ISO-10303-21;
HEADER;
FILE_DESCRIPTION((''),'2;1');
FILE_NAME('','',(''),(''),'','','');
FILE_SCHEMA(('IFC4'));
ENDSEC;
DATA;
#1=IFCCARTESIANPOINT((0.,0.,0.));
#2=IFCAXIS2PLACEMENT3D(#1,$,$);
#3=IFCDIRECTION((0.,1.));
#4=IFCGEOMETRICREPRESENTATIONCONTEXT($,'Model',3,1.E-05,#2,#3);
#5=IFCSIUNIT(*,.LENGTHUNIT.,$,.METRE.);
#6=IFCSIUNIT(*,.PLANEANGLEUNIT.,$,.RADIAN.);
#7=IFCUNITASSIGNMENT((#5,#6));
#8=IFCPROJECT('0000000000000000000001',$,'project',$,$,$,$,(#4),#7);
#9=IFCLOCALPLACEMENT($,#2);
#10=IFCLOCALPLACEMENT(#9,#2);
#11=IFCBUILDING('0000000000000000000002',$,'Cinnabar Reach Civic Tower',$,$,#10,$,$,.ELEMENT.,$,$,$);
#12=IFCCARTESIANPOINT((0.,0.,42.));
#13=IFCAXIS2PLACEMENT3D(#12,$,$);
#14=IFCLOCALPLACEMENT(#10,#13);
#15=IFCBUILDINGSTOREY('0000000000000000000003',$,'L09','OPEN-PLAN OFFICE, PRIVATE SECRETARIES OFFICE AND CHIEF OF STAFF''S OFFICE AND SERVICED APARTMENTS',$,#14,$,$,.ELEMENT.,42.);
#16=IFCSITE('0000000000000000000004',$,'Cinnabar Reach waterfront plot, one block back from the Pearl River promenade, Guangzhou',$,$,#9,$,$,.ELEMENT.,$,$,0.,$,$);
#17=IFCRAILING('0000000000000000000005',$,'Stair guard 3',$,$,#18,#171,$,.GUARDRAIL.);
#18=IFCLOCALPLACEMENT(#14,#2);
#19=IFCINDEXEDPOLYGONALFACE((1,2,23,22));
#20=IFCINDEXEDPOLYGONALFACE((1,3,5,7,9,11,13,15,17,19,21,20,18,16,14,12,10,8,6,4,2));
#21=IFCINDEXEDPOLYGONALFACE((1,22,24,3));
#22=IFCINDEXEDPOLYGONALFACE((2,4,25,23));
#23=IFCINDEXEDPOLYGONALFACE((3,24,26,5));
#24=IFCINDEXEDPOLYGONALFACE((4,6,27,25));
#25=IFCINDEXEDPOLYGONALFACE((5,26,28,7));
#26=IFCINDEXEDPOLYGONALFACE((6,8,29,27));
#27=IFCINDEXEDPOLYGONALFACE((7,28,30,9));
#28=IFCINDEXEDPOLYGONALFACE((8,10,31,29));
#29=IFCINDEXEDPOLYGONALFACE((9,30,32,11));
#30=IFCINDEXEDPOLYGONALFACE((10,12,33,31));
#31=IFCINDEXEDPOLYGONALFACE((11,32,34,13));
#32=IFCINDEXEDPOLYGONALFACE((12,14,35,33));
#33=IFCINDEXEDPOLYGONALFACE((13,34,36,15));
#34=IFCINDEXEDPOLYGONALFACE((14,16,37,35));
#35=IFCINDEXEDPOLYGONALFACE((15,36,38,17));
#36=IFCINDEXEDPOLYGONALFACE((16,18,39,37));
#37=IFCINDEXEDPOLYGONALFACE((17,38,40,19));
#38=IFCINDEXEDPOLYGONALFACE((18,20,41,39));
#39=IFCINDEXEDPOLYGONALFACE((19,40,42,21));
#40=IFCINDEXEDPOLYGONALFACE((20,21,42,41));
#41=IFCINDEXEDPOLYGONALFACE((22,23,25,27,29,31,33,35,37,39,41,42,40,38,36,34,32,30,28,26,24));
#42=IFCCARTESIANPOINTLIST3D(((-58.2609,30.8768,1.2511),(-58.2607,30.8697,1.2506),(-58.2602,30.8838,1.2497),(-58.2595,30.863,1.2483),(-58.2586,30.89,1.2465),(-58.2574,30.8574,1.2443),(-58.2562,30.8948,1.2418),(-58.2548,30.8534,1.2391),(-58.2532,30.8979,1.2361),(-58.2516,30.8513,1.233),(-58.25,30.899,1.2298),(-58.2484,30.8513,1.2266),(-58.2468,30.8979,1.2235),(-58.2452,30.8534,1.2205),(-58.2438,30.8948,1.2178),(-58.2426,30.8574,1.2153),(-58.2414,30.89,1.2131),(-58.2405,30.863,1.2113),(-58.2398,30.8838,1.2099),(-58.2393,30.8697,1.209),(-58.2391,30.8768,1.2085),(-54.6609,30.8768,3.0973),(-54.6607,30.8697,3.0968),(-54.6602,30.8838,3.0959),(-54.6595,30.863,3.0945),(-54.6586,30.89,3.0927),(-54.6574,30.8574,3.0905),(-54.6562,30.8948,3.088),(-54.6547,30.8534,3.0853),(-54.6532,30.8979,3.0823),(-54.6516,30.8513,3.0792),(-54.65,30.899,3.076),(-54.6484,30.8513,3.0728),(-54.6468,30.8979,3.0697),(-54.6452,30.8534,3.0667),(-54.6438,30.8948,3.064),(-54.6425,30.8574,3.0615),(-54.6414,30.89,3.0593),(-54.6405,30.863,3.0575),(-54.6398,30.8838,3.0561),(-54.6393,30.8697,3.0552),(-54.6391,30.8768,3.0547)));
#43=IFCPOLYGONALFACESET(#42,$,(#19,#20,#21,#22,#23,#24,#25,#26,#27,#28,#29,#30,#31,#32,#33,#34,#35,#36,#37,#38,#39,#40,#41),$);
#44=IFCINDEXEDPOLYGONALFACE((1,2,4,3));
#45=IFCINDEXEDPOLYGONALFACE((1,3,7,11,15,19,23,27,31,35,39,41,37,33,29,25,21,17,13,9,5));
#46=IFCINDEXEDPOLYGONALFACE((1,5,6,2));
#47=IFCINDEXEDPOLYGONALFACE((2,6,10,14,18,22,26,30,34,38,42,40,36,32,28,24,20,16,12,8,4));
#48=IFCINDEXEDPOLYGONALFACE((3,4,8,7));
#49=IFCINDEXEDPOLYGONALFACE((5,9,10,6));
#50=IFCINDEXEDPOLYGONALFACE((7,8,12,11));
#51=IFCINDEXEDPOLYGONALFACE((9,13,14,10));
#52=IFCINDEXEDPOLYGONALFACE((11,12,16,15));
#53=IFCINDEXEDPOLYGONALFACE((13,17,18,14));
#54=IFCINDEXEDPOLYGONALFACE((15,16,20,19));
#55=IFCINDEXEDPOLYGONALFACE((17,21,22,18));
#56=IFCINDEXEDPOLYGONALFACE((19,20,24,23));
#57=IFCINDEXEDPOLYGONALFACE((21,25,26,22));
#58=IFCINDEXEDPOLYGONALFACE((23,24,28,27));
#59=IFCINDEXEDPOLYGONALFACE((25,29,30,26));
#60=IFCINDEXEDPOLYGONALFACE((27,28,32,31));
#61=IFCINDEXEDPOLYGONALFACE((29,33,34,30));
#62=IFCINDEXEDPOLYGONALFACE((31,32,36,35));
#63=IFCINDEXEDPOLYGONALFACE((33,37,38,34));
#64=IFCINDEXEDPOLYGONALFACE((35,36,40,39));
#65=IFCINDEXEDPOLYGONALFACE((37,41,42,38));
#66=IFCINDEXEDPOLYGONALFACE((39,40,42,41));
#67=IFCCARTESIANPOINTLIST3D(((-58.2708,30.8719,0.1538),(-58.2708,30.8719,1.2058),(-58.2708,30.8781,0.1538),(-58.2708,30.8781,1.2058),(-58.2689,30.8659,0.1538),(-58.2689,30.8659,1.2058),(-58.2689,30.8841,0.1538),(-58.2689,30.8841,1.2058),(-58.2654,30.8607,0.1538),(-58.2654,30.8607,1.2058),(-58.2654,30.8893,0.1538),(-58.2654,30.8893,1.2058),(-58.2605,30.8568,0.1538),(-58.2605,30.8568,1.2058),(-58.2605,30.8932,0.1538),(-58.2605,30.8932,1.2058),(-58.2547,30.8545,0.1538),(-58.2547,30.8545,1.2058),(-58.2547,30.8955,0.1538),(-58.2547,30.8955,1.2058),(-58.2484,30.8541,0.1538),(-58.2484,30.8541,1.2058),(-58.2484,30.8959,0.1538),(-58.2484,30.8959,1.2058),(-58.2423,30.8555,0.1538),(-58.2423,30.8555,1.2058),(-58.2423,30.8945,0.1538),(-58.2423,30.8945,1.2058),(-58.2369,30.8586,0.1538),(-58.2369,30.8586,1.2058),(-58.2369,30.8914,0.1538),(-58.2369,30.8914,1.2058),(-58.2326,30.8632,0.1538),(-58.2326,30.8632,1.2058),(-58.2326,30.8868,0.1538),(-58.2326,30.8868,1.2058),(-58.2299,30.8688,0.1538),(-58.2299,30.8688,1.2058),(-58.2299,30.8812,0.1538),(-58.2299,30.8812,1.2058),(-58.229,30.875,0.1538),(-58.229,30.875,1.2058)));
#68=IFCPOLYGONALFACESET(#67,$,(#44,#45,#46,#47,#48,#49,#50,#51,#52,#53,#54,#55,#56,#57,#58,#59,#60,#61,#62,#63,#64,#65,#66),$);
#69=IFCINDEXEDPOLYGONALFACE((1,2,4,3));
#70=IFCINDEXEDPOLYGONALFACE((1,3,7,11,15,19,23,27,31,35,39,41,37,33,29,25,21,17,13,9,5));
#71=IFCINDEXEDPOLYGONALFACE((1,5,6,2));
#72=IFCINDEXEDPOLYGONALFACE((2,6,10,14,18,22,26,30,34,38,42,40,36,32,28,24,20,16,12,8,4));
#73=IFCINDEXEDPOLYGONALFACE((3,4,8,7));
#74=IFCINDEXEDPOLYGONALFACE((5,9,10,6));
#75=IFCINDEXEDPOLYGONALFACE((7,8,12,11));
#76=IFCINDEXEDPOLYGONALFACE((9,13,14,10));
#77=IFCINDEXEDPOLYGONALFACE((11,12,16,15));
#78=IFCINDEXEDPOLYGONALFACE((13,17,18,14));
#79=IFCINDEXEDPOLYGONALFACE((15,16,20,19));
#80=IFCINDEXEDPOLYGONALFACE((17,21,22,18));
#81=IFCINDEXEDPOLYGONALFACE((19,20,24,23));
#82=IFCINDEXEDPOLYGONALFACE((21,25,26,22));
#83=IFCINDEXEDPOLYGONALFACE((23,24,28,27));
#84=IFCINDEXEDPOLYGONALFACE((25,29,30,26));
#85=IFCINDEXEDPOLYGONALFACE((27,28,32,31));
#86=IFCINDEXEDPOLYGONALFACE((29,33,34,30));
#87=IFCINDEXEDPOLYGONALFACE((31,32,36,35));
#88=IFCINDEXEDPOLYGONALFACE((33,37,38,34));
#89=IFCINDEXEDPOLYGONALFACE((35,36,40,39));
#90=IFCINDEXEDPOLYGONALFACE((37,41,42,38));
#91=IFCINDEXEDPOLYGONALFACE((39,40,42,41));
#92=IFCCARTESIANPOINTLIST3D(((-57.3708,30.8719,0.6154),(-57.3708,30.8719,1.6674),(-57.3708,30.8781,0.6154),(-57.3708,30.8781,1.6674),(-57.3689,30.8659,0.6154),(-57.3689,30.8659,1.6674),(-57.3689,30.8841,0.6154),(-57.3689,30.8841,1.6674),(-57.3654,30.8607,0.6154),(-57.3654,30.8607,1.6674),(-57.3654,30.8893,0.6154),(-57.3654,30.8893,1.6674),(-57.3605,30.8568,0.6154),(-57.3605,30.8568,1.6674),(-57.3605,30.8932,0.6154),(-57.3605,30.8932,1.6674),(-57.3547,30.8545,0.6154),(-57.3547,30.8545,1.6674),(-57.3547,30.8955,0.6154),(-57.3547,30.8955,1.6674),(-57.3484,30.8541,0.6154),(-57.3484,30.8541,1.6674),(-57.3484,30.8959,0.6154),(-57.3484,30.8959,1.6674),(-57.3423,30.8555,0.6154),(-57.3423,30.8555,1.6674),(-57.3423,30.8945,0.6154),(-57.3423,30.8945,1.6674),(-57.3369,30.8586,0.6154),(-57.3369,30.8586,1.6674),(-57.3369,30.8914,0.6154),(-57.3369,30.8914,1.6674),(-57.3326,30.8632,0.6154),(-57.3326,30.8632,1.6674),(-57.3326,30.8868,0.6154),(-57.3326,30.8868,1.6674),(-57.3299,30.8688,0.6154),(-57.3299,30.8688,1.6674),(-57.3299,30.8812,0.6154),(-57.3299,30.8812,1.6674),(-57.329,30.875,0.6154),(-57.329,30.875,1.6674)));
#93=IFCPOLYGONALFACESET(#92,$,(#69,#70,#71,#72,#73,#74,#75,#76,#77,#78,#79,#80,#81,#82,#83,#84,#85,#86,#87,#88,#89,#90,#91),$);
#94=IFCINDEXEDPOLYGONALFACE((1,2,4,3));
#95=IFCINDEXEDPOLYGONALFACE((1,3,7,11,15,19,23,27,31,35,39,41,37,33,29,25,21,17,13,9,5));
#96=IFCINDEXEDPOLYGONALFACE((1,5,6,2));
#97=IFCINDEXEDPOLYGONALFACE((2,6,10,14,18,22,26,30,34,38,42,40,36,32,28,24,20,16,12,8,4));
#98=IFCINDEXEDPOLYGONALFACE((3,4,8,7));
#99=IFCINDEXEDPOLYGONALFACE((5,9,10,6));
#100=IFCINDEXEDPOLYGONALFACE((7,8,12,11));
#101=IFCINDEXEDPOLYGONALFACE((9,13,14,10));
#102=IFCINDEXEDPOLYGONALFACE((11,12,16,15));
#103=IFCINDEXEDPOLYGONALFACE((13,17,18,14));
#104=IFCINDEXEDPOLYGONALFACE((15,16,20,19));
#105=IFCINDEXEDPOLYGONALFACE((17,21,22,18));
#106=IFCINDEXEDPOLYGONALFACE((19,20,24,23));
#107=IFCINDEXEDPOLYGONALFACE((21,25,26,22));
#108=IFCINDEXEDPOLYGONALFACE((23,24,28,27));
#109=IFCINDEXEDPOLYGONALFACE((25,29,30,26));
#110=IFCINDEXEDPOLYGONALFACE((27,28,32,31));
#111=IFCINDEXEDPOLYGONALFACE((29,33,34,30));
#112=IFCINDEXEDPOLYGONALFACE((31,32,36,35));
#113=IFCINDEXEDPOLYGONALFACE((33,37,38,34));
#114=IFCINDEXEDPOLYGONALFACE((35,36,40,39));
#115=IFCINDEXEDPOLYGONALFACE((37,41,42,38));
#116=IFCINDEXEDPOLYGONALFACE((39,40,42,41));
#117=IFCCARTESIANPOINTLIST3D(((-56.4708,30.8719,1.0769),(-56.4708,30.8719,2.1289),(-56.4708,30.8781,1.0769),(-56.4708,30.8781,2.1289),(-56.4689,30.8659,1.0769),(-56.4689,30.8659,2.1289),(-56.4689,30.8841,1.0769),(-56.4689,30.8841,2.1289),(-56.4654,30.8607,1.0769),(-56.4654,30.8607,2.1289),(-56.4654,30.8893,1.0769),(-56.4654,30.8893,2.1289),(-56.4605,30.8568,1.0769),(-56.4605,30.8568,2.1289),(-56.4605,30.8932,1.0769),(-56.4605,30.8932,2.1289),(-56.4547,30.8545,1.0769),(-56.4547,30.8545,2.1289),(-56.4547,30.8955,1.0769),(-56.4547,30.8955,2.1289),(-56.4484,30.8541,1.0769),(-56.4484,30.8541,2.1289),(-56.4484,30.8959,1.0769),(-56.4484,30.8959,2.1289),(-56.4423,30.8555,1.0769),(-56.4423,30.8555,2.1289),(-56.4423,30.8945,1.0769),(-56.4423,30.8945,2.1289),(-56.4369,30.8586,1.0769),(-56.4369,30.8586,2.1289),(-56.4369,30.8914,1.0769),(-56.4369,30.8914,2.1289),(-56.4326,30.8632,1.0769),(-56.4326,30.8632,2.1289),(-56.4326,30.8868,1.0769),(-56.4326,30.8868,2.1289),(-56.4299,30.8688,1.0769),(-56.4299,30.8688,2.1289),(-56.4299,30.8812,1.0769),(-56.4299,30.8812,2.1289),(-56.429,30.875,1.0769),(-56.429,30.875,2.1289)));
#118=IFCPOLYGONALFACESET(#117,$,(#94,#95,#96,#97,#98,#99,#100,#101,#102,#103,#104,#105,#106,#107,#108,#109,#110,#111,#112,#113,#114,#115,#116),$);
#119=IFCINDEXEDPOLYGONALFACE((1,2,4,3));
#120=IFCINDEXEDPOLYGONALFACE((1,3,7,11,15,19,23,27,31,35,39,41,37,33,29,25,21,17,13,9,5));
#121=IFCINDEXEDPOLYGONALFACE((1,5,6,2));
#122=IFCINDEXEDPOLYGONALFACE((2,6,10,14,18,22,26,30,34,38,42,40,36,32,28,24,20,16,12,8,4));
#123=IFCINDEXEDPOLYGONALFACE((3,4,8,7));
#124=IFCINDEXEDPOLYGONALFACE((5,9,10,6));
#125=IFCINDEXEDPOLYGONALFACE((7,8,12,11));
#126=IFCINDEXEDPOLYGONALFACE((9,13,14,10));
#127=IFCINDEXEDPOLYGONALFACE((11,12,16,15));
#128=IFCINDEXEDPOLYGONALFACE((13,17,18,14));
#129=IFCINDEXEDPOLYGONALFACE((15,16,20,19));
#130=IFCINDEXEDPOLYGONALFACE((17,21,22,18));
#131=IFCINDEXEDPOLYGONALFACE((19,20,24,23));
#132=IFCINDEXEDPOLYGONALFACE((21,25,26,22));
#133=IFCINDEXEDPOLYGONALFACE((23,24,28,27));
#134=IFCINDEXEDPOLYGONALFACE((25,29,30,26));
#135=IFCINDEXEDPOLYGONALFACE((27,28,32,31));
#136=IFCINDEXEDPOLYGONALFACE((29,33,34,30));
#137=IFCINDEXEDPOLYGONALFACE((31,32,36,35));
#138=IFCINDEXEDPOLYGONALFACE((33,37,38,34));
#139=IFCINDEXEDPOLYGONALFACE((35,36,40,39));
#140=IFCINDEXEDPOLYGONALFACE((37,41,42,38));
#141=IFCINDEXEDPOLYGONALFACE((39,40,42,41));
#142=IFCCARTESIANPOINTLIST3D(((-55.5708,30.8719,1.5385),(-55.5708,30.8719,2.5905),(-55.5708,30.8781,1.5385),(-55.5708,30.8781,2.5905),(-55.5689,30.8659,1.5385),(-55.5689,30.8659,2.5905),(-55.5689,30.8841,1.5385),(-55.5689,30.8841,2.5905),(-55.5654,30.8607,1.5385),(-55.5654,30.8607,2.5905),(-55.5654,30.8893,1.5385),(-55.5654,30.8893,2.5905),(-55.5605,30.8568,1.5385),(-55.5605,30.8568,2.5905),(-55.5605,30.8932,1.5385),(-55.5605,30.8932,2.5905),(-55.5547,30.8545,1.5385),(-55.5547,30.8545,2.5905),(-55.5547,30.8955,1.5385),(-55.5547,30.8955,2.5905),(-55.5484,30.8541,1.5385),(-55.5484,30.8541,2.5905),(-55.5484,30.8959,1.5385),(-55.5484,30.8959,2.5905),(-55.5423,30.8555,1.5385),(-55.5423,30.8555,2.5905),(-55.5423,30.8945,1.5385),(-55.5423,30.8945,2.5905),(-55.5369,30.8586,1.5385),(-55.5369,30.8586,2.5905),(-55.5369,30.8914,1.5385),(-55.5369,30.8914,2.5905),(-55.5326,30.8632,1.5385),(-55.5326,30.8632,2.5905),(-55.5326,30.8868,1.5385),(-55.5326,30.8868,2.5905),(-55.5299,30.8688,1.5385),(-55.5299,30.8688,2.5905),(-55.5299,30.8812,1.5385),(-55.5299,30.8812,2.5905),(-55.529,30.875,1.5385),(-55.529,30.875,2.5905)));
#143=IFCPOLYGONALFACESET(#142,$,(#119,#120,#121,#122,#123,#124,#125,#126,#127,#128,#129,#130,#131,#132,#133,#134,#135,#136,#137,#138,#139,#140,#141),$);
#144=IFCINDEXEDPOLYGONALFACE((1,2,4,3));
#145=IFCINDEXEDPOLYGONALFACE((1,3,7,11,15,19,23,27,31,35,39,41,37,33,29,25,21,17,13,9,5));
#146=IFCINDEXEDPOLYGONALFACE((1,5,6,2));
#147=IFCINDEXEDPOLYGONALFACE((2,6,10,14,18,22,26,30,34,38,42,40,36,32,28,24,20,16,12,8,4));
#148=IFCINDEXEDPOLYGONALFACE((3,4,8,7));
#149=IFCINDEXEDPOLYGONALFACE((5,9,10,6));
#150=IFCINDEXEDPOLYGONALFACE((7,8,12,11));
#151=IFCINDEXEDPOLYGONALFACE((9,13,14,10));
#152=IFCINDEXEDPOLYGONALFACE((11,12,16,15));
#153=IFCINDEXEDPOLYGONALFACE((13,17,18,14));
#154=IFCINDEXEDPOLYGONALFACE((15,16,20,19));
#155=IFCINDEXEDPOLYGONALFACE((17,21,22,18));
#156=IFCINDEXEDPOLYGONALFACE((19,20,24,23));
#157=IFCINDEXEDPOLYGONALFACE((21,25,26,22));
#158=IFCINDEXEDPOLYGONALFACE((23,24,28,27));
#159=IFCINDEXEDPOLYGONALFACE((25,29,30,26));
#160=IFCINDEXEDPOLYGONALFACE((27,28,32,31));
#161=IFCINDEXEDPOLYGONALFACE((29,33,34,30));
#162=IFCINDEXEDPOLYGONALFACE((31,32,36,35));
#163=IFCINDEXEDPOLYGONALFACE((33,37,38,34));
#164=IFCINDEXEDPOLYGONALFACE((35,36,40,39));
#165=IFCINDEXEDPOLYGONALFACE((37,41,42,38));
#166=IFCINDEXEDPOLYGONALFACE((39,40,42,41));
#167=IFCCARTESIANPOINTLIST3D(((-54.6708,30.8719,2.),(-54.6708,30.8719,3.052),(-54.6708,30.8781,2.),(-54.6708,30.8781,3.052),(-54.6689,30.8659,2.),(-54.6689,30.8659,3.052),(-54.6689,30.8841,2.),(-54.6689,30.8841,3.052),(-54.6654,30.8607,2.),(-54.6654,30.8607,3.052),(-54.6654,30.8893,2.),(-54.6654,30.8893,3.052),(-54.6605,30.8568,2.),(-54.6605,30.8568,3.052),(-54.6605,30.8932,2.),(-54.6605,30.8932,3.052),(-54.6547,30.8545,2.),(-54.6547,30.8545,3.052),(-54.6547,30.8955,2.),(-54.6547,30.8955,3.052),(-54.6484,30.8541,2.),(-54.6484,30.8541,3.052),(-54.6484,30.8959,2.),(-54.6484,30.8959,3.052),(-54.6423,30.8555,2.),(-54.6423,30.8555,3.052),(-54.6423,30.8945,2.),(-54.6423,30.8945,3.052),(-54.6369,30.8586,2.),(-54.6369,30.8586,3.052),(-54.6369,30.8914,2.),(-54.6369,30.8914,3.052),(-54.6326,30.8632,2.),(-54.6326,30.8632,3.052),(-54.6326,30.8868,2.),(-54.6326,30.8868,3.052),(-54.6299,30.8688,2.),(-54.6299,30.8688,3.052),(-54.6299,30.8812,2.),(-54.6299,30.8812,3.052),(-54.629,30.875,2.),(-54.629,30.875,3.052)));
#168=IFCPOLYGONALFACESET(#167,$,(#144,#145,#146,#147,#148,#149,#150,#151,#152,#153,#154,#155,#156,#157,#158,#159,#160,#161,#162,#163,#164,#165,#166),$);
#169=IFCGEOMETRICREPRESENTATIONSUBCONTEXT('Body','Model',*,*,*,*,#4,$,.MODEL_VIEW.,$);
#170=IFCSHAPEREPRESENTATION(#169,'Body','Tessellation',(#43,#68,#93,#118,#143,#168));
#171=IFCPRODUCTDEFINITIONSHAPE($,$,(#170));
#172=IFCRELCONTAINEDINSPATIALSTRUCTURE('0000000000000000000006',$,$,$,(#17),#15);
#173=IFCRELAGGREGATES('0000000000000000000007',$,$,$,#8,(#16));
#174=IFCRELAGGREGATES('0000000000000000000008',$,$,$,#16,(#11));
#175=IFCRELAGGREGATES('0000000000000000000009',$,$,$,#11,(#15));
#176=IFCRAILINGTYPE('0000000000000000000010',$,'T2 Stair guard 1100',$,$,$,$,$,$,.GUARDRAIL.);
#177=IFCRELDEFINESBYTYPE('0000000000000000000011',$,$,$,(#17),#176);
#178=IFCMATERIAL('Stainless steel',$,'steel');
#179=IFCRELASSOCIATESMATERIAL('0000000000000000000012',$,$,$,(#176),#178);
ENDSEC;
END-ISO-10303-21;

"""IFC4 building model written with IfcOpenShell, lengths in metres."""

from ifc_helpers import new_model, si_unit, direction, frame, origin, origin_2d, place, context, subcontext, project, spatial, circle, extrude, material, type_object, element, save


model = new_model("IFC4")

# Units and contexts
model_context = context("Model", 3, precision=1e-05, world=origin(), true_north=direction((0.0, 1.0)))
body_context = subcontext(model_context, "Body", "Model", "MODEL_VIEW")
ifc_project = project(units=[si_unit("LENGTHUNIT", "METRE"), si_unit("PLANEANGLEUNIT", "RADIAN")], contexts=[model_context])

# Site, building, storey
site_placement = place(None, origin())
site = spatial("IfcSite", under=ifc_project, at=site_placement, Name="Cinnabar Reach waterfront plot, one block back from the Pearl River promenade, Guangzhou", CompositionType="ELEMENT", RefElevation=0.0)
building_placement = place(site_placement, origin())
building = spatial("IfcBuilding", under=site, at=building_placement, Name="Cinnabar Reach Civic Tower", CompositionType="ELEMENT")
storey_placement = place(building_placement, frame((0.0, 0.0, 42.0)))
storey = spatial("IfcBuildingStorey", under=building, at=storey_placement, Name="L09", Description="OPEN-PLAN OFFICE, PRIVATE SECRETARIES OFFICE AND CHIEF OF STAFF'S OFFICE AND SERVICED APARTMENTS", CompositionType="ELEMENT", Elevation=42.0)

# Railing
ifc_material_1 = material(Name="Stainless steel", Category="steel")
railing_type = type_object("IfcRailingType", Name="T2 Stair guard 1100", PredefinedType="GUARDRAIL", material=ifc_material_1)
railing_1_placement = place(storey_placement, frame((-58.25, 30.875, 0.1538)))
element("IfcRailing", 1, at=railing_1_placement, inside=storey, type_object=railing_type, Name="Stair guard 3", PredefinedType="GUARDRAIL", context=body_context, shape_type="SweptSolid", body=[
    extrude(circle(Radius=0.024, at=origin_2d()), frame((0.0, 0.0, 1.076), z_axis=(0.889813, 0.0, 0.456326), x_axis=(0.0, 1.0, 0.0)), (0.0, 0.0, 1.0), 4.0458),
    extrude(circle(Radius=0.021, at=origin_2d()), origin(), (0.0, 0.0, 1.0), 1.052),
    extrude(circle(Radius=0.021, at=origin_2d()), frame((0.9, 0.0, 0.4616)), (0.0, 0.0, 1.0), 1.052),
    extrude(circle(Radius=0.021, at=origin_2d()), frame((1.8, 0.0, 0.9231)), (0.0, 0.0, 1.0), 1.052),
    extrude(circle(Radius=0.021, at=origin_2d()), frame((2.7, 0.0, 1.3847)), (0.0, 0.0, 1.0), 1.052),
    extrude(circle(Radius=0.021, at=origin_2d()), frame((3.6, 0.0, 1.8462)), (0.0, 0.0, 1.0), 1.052),
])

save(model, "model.ifc")
